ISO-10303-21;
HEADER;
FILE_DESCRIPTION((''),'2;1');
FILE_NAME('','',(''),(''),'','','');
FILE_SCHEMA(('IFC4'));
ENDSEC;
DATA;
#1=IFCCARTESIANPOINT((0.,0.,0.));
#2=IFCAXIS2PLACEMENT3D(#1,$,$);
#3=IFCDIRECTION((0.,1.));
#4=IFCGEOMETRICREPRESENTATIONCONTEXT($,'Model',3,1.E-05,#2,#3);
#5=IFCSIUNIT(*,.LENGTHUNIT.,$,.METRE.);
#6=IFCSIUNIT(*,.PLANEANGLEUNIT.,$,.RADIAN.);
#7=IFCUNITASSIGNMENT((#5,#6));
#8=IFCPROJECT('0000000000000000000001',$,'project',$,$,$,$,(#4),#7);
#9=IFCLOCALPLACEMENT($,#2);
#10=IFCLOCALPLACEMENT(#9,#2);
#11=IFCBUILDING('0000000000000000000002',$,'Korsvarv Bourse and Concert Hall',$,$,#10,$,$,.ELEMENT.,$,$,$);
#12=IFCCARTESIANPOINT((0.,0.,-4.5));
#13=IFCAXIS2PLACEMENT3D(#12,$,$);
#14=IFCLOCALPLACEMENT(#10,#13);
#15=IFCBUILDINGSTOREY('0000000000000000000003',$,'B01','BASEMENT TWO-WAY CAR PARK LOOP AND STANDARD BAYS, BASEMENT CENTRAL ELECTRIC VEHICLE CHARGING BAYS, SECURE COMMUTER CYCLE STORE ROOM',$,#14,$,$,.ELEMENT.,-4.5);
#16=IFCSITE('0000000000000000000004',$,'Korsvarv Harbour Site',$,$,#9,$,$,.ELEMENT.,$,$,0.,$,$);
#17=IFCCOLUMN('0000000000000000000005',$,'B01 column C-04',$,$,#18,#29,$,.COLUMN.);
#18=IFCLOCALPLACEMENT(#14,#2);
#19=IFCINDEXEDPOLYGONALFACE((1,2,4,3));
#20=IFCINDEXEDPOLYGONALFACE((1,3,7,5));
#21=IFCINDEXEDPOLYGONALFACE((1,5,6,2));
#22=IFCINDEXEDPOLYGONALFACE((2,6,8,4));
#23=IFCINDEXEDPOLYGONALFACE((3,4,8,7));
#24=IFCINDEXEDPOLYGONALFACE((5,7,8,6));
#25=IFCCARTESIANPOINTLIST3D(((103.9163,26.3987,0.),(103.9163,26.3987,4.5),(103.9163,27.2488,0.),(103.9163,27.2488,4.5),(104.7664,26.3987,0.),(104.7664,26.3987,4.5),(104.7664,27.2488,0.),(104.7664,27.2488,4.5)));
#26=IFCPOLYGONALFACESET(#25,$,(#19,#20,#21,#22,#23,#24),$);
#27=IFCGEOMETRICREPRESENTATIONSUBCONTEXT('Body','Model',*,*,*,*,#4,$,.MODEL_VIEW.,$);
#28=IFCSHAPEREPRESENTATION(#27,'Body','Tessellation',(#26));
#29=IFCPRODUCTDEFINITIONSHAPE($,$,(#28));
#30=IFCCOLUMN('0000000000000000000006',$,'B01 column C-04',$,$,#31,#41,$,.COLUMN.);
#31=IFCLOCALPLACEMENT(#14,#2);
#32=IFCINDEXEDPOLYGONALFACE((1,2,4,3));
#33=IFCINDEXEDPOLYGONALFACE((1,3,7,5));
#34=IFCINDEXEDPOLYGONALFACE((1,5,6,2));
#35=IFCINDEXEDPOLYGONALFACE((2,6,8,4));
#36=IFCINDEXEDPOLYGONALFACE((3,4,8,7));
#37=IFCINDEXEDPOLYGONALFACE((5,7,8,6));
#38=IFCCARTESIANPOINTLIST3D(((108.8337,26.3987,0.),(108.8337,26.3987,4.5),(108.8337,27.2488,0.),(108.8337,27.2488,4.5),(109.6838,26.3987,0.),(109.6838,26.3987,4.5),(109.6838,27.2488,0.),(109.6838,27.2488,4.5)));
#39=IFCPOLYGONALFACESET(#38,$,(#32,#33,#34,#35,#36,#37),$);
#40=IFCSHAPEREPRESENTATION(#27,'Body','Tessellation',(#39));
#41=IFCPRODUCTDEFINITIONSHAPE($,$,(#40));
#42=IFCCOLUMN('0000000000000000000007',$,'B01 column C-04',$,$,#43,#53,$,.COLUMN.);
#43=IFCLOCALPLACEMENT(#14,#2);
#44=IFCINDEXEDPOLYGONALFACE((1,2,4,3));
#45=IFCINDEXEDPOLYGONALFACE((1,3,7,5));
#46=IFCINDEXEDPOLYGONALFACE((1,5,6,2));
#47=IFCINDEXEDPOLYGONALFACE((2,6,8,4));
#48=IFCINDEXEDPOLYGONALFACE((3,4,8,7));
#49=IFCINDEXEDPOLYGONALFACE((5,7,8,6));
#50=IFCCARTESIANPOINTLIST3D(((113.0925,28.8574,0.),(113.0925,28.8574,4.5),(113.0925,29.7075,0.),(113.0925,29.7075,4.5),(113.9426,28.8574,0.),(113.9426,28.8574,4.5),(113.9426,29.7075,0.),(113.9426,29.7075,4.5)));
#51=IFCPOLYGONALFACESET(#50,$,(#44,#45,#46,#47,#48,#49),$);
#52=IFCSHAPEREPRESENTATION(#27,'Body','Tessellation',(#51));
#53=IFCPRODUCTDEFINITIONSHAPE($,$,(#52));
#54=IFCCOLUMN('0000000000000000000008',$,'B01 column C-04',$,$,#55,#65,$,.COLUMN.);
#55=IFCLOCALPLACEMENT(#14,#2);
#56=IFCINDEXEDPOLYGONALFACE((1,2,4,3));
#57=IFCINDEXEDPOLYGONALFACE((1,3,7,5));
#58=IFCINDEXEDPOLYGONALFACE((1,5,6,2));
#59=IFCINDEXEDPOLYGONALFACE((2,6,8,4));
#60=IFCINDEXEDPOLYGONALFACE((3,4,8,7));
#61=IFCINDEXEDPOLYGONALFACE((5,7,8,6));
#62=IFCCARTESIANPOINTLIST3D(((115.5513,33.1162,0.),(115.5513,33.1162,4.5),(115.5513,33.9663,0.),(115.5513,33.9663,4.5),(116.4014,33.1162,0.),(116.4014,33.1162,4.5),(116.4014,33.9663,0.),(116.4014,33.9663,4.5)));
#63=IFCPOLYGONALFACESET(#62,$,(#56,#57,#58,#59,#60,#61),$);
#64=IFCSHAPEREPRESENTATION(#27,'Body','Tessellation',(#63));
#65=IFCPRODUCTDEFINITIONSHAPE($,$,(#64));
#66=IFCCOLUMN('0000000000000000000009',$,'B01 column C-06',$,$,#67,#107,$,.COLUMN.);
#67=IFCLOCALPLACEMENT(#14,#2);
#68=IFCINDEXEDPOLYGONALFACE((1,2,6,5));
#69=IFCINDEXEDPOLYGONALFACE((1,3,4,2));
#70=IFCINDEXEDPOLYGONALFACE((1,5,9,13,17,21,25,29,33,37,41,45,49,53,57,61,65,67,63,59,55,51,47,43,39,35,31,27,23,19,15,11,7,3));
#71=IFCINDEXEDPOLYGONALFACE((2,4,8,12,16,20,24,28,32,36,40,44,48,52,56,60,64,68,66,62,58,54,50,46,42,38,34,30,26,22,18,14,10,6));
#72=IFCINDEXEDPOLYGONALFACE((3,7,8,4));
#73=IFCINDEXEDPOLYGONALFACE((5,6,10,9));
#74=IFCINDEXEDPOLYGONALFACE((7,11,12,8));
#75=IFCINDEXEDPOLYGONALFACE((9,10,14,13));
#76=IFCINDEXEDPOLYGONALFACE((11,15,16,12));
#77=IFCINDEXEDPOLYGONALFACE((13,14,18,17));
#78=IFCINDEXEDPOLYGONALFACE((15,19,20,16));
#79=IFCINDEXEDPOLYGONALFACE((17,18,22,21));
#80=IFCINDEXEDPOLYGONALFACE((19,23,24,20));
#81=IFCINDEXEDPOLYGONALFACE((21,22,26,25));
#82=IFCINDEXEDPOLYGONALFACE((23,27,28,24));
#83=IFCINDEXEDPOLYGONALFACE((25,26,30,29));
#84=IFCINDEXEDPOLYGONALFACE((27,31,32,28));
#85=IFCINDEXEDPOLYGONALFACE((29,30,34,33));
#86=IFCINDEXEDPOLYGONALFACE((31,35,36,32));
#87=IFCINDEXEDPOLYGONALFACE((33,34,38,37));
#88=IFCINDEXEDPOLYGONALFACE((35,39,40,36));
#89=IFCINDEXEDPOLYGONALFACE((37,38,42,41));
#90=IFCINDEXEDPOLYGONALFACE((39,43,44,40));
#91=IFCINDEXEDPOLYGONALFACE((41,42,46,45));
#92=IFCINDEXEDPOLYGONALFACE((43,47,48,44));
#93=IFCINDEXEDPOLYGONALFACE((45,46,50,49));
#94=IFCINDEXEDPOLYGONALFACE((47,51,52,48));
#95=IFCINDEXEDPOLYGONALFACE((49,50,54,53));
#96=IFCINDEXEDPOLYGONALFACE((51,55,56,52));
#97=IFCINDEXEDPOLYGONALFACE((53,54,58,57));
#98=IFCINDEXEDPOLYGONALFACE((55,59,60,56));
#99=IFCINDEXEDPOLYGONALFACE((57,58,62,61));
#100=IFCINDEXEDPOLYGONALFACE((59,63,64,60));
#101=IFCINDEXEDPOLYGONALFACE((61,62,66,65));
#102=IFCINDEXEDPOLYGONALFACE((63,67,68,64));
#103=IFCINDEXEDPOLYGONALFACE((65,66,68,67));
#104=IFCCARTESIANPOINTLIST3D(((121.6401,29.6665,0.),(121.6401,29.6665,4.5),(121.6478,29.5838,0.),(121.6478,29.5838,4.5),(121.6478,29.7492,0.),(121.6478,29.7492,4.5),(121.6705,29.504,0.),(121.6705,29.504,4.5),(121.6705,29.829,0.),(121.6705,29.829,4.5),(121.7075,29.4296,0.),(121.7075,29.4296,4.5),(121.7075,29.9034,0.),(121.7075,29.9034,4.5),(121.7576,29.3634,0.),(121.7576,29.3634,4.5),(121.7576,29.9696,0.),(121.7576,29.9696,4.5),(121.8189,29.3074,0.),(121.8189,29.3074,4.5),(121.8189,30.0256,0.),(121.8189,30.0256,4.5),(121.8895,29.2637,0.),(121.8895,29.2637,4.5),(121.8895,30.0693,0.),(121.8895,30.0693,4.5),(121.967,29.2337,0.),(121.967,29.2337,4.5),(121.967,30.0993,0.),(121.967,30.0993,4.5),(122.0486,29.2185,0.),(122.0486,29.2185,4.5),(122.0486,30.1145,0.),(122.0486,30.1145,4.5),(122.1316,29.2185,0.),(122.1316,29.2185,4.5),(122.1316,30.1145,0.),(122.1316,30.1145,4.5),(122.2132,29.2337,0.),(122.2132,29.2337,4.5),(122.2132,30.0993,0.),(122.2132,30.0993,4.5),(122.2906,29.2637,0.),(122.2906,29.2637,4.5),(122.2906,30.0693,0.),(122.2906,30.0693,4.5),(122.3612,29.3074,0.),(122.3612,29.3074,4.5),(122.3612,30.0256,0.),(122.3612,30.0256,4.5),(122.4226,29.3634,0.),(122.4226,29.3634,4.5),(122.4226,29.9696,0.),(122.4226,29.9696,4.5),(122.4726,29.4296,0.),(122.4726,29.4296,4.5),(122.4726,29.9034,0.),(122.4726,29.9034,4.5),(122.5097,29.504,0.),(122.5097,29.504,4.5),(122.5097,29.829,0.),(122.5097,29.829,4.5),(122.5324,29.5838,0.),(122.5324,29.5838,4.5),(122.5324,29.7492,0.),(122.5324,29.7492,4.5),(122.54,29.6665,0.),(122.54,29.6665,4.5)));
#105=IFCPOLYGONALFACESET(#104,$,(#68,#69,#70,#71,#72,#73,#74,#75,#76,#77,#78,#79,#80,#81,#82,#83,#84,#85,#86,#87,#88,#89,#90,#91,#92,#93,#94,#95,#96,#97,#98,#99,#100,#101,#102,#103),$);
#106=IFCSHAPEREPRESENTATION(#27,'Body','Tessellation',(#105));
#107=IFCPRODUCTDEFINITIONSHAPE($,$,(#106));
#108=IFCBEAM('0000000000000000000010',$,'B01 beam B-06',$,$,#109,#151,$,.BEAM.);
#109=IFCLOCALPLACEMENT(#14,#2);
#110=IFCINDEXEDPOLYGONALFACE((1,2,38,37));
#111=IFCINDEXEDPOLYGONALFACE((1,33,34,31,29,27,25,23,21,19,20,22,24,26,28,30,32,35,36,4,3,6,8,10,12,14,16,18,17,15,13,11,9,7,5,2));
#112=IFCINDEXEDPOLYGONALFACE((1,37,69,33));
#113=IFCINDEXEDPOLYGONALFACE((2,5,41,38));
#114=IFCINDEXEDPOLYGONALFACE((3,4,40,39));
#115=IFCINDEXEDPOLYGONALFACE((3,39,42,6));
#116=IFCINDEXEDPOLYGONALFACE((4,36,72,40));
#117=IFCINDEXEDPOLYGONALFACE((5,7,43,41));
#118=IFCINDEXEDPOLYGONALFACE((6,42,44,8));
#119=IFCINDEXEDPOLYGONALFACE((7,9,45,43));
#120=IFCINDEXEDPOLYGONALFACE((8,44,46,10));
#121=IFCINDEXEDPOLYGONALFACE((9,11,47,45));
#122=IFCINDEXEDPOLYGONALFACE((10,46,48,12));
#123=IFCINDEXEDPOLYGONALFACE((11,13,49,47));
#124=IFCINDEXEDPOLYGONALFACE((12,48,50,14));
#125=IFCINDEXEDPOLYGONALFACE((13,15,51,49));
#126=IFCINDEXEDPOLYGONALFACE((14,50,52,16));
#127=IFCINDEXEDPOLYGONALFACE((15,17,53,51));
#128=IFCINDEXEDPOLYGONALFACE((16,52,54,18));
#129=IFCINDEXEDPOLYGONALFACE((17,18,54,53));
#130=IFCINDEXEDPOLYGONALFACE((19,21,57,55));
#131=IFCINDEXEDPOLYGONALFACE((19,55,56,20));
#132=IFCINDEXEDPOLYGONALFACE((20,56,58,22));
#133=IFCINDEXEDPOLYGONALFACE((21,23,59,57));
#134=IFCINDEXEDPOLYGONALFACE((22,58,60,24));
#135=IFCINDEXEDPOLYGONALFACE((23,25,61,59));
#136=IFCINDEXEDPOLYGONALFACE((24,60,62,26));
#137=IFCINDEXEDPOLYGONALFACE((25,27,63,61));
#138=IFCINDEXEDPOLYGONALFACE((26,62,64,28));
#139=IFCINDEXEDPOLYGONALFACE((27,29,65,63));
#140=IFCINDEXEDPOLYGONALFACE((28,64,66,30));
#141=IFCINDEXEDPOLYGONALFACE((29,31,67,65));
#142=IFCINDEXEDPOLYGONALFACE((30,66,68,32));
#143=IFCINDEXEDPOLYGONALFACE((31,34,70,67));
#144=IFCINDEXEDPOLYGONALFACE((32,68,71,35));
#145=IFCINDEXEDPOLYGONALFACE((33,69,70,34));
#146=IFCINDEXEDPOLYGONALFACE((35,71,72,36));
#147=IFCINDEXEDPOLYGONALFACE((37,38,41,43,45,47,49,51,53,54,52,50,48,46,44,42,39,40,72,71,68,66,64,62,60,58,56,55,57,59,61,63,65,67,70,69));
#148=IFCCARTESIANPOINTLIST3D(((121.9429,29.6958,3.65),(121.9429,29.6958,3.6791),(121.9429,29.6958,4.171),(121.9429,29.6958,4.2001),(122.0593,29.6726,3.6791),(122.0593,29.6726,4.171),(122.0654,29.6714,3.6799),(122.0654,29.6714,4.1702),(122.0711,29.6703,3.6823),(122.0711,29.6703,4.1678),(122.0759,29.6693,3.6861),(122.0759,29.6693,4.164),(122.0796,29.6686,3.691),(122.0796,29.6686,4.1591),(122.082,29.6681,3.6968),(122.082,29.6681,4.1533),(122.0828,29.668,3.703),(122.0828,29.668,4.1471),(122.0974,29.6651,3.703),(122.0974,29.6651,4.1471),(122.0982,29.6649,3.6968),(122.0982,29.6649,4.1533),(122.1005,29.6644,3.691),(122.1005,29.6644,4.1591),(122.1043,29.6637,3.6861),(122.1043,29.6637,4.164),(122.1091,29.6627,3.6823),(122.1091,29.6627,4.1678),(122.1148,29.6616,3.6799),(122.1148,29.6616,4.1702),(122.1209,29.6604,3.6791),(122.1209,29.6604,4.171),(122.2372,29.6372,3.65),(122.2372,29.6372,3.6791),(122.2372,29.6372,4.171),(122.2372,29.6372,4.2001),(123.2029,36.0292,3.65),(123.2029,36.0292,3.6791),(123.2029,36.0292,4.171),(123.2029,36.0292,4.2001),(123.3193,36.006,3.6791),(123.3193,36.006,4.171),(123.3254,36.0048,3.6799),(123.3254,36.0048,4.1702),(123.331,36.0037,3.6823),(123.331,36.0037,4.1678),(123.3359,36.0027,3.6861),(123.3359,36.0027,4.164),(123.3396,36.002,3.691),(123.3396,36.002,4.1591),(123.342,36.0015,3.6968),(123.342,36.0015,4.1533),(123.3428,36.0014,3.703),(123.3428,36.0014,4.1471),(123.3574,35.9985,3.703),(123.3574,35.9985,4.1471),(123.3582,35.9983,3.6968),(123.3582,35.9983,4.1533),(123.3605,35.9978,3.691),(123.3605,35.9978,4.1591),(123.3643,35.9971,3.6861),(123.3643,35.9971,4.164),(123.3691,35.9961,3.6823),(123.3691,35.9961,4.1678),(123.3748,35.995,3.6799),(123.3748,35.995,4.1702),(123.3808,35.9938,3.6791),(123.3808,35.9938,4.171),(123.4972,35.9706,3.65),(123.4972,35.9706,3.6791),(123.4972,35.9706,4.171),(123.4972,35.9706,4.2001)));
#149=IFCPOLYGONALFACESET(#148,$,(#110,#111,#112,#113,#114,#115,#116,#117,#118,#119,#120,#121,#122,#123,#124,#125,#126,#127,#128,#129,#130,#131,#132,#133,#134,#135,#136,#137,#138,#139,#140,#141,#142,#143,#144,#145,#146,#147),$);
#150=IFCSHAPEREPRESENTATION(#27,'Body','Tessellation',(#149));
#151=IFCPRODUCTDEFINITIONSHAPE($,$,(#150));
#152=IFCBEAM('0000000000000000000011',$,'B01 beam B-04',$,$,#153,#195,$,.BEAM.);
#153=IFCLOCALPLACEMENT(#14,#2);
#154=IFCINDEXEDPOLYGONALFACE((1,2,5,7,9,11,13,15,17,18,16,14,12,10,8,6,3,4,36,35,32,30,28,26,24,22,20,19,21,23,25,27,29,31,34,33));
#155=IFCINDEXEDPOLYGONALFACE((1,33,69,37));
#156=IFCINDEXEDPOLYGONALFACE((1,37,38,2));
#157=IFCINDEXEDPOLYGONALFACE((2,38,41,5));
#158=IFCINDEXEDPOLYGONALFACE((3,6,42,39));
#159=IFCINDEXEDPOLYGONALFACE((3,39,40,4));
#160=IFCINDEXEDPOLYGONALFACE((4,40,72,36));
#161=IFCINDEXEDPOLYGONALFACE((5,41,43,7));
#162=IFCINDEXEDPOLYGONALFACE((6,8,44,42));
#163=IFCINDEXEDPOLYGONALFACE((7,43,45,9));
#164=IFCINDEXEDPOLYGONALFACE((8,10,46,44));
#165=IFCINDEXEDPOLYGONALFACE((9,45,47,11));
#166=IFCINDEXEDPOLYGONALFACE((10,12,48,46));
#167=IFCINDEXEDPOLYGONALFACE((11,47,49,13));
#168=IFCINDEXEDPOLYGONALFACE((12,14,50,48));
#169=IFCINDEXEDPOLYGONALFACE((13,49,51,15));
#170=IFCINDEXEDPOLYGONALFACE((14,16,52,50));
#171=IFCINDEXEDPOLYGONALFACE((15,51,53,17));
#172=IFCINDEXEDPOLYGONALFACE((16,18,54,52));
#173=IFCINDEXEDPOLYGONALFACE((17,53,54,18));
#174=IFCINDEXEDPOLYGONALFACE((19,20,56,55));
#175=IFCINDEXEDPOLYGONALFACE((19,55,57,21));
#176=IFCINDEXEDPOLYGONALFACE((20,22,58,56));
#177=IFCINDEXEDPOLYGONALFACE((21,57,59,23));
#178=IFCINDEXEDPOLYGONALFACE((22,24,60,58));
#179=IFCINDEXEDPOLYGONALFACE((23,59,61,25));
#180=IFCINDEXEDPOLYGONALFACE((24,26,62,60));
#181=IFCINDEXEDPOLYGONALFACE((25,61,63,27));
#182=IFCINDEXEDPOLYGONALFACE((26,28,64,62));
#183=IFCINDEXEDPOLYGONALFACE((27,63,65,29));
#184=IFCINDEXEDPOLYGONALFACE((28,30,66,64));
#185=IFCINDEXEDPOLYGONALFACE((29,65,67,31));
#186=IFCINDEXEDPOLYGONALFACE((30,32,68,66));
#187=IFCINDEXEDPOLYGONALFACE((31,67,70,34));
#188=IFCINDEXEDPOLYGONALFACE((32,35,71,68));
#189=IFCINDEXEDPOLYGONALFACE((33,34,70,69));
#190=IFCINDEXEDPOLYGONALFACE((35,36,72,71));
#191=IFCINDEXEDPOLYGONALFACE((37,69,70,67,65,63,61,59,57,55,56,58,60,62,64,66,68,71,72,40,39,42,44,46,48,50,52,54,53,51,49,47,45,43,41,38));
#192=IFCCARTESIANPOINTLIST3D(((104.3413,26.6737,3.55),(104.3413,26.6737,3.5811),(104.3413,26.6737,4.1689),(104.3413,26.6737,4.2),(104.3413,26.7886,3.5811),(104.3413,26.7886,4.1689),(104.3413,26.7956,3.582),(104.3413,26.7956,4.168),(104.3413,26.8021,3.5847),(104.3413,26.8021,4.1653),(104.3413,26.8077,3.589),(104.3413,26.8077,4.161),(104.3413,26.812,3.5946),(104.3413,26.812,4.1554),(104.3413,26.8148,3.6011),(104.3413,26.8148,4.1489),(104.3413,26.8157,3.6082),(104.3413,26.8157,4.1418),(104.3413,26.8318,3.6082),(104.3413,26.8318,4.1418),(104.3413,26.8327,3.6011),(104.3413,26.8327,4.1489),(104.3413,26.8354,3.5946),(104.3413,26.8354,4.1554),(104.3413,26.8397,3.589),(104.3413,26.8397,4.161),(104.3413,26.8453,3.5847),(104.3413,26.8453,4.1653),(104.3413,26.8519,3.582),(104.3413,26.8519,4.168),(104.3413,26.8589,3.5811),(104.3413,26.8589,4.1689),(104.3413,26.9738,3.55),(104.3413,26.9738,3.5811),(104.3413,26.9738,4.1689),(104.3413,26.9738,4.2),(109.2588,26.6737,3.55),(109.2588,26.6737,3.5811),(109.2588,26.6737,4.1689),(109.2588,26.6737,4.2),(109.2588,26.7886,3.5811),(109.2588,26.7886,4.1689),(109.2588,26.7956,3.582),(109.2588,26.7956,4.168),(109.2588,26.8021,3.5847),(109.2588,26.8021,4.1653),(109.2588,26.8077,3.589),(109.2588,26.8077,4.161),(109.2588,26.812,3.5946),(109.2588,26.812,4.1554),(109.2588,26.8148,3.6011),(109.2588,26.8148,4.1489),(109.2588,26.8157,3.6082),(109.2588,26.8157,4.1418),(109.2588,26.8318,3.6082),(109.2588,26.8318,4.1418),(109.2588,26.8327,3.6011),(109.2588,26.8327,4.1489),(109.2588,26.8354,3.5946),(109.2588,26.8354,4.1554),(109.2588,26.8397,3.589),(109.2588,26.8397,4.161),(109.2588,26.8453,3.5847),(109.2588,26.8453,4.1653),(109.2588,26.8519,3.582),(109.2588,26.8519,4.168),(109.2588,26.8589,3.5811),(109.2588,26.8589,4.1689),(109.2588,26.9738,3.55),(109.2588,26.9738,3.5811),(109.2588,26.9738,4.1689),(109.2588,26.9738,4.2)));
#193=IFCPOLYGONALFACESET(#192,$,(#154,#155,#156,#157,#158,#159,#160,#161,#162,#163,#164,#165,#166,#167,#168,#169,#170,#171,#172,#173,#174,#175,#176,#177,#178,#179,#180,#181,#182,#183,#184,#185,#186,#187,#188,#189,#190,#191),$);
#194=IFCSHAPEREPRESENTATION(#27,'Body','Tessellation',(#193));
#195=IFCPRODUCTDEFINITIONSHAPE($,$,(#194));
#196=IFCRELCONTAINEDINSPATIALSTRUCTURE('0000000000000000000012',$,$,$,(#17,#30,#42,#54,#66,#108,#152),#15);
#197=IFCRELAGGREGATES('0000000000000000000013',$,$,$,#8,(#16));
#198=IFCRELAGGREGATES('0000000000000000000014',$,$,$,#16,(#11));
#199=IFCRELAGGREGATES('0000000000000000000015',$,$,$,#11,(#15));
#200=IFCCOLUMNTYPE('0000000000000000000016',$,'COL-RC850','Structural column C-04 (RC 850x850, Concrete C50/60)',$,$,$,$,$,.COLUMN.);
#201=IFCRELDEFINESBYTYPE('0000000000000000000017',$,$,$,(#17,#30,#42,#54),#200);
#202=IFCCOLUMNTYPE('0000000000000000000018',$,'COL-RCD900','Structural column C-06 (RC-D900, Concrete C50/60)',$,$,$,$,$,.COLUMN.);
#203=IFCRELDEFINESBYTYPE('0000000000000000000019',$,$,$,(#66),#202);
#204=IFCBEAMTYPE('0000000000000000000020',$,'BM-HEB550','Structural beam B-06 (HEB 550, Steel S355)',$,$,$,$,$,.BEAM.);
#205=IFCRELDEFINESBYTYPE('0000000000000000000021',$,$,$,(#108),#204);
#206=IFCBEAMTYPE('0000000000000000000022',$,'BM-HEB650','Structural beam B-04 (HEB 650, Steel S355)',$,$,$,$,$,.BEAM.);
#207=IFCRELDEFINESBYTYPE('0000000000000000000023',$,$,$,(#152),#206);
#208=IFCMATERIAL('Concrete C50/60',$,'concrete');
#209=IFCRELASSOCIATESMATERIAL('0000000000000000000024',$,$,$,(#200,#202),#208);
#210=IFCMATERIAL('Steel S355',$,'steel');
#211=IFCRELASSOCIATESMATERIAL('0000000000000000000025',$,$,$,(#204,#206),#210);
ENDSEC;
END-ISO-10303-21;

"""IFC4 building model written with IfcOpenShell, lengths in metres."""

from ifc_helpers import new_model, si_unit, direction, frame, origin, origin_2d, place, context, subcontext, project, spatial, rectangle, circle, i_section, extrude, source, transform, mapped, material, material_profile, profile_set, type_object, element, save


model = new_model("IFC4")

# Units and contexts
model_context = context("Model", 3, precision=1e-05, world=origin(), true_north=direction((0.0, 1.0)))
body_context = subcontext(model_context, "Body", "Model", "MODEL_VIEW")
ifc_project = project(units=[si_unit("LENGTHUNIT", "METRE"), si_unit("PLANEANGLEUNIT", "RADIAN")], contexts=[model_context])

# Site, building, storey
site_placement = place(None, origin())
site = spatial("IfcSite", under=ifc_project, at=site_placement, Name="Korsvarv Harbour Site", CompositionType="ELEMENT", RefElevation=0.0)
building_placement = place(site_placement, origin())
building = spatial("IfcBuilding", under=site, at=building_placement, Name="Korsvarv Bourse and Concert Hall", CompositionType="ELEMENT")
storey_placement = place(building_placement, frame((0.0, 0.0, -4.5)))
storey = spatial("IfcBuildingStorey", under=building, at=storey_placement, Name="B01", Description="BASEMENT TWO-WAY CAR PARK LOOP AND STANDARD BAYS, BASEMENT CENTRAL ELECTRIC VEHICLE CHARGING BAYS, SECURE COMMUTER CYCLE STORE ROOM", CompositionType="ELEMENT", Elevation=-4.5)

# Columns
ifc_material_1 = material(Name="Concrete C50/60", Category="concrete")
ifc_material_profile_1 = material_profile(ifc_material_1, rectangle(XDim=0.8501, YDim=0.8501, at=origin_2d()), Name="RC 850x850")
ifc_profile_set_1 = profile_set([ifc_material_profile_1], Name="Concrete C50/60")
column_type_1 = type_object("IfcColumnType", Name="COL-RC850", Description="Structural column C-04 (RC 850x850, Concrete C50/60)", PredefinedType="COLUMN", material=ifc_profile_set_1)
shared_shape_1 = source(origin(), body_context, "Body", "SweptSolid", [
    extrude(rectangle(XDim=0.8501, YDim=0.8501, at=origin_2d()), origin(), (0.0, 0.0, 1.0), 4.5),
])
for number, where, z_axis, x_axis, name in (
    (1, (104.3413, 26.8237, 0.0), (0.0, 0.0, 1.0), (1.0, 0.0, 0.0), "B01 column C-04"),
    (2, (109.2588, 26.8237, 0.0), (0.0, 0.0, 1.0), (1.0, 0.0, 0.0), "B01 column C-04"),
    (3, (113.5176, 29.2825, 0.0), (0.0, 0.0, 1.0), (1.0, 0.0, 0.0), "B01 column C-04"),
    (4, (115.9763, 33.5413, 0.0), (0.0, 0.0, 1.0), (1.0, 0.0, 0.0), "B01 column C-04"),
):
    element("IfcColumn", number, at=place(storey_placement, frame(where, z_axis=z_axis, x_axis=x_axis)), inside=storey, type_object=column_type_1, Name=name, PredefinedType="COLUMN", context=body_context, shape_type="MappedRepresentation", body=[
        mapped(shared_shape_1, transform((0.0, 0.0, 0.0), scale=1.0)),
    ])
ifc_material_profile_2 = material_profile(ifc_material_1, circle(Radius=0.45, at=origin_2d()), Name="RC-D900")
ifc_profile_set_2 = profile_set([ifc_material_profile_2], Name="Concrete C50/60")
column_type_2 = type_object("IfcColumnType", Name="COL-RCD900", Description="Structural column C-06 (RC-D900, Concrete C50/60)", PredefinedType="COLUMN", material=ifc_profile_set_2)
shared_shape_2 = source(origin(), body_context, "Body", "SweptSolid", [
    extrude(circle(Radius=0.45, at=origin_2d()), origin(), (0.0, 0.0, 1.0), 4.5),
])
column_placement = place(storey_placement, frame((122.0901, 29.6665, 0.0), z_axis=(0.0, 0.0, 1.0), x_axis=(1.0, 0.0, 0.0)))
element("IfcColumn", 5, at=column_placement, inside=storey, type_object=column_type_2, Name="B01 column C-06", PredefinedType="COLUMN", context=body_context, shape_type="MappedRepresentation", body=[
    mapped(shared_shape_2, transform((0.0, 0.0, 0.0), scale=1.0)),
])

# Beams
ifc_material_2 = material(Name="Steel S355", Category="steel")
ifc_material_profile_3 = material_profile(ifc_material_2, i_section(OverallWidth=0.3, OverallDepth=0.55, WebThickness=0.0149, FlangeThickness=0.0291, FilletRadius=0.0239, at=origin_2d()), Name="HEB 550")
ifc_profile_set_3 = profile_set([ifc_material_profile_3], Name="Steel S355")
beam_type_1 = type_object("IfcBeamType", Name="BM-HEB550", Description="Structural beam B-06 (HEB 550, Steel S355)", PredefinedType="BEAM", material=ifc_profile_set_3)
shared_shape_3 = source(origin(), body_context, "Body", "SweptSolid", [
    extrude(i_section(OverallWidth=0.3, OverallDepth=0.55, WebThickness=0.0149, FlangeThickness=0.0291, FilletRadius=0.0239, at=origin_2d()), origin(), (0.0, 0.0, 1.0), 6.4575),
])
beam_1_placement = place(storey_placement, frame((122.0901, 29.6665, 3.925), z_axis=(0.19512, 0.980779, 0.0), x_axis=(-0.980779, 0.19512, 0.0)))
element("IfcBeam", 6, at=beam_1_placement, inside=storey, type_object=beam_type_1, Name="B01 beam B-06", PredefinedType="BEAM", context=body_context, shape_type="MappedRepresentation", body=[
    mapped(shared_shape_3, transform((0.0, 0.0, 0.0), scale=1.0)),
])
ifc_material_profile_4 = material_profile(ifc_material_2, i_section(OverallWidth=0.3, OverallDepth=0.6499, WebThickness=0.0161, FlangeThickness=0.031, FilletRadius=0.0271, at=origin_2d()), Name="HEB 650")
ifc_profile_set_4 = profile_set([ifc_material_profile_4], Name="Steel S355")
beam_type_2 = type_object("IfcBeamType", Name="BM-HEB650", Description="Structural beam B-04 (HEB 650, Steel S355)", PredefinedType="BEAM", material=ifc_profile_set_4)
shared_shape_4 = source(origin(), body_context, "Body", "SweptSolid", [
    extrude(i_section(OverallWidth=0.3, OverallDepth=0.6499, WebThickness=0.0161, FlangeThickness=0.031, FilletRadius=0.0271, at=origin_2d()), origin(), (0.0, 0.0, 1.0), 4.9175),
])
for number, where, z_axis, x_axis, name in (
    (7, (104.3413, 26.8237, 3.875), (1.0, 0.0, 0.0), (0.0, 1.0, 0.0), "B01 beam B-04"),
):
    element("IfcBeam", number, at=place(storey_placement, frame(where, z_axis=z_axis, x_axis=x_axis)), inside=storey, type_object=beam_type_2, Name=name, PredefinedType="BEAM", context=body_context, shape_type="MappedRepresentation", body=[
        mapped(shared_shape_4, transform((0.0, 0.0, 0.0), scale=1.0)),
    ])

save(model, "model.ifc")
